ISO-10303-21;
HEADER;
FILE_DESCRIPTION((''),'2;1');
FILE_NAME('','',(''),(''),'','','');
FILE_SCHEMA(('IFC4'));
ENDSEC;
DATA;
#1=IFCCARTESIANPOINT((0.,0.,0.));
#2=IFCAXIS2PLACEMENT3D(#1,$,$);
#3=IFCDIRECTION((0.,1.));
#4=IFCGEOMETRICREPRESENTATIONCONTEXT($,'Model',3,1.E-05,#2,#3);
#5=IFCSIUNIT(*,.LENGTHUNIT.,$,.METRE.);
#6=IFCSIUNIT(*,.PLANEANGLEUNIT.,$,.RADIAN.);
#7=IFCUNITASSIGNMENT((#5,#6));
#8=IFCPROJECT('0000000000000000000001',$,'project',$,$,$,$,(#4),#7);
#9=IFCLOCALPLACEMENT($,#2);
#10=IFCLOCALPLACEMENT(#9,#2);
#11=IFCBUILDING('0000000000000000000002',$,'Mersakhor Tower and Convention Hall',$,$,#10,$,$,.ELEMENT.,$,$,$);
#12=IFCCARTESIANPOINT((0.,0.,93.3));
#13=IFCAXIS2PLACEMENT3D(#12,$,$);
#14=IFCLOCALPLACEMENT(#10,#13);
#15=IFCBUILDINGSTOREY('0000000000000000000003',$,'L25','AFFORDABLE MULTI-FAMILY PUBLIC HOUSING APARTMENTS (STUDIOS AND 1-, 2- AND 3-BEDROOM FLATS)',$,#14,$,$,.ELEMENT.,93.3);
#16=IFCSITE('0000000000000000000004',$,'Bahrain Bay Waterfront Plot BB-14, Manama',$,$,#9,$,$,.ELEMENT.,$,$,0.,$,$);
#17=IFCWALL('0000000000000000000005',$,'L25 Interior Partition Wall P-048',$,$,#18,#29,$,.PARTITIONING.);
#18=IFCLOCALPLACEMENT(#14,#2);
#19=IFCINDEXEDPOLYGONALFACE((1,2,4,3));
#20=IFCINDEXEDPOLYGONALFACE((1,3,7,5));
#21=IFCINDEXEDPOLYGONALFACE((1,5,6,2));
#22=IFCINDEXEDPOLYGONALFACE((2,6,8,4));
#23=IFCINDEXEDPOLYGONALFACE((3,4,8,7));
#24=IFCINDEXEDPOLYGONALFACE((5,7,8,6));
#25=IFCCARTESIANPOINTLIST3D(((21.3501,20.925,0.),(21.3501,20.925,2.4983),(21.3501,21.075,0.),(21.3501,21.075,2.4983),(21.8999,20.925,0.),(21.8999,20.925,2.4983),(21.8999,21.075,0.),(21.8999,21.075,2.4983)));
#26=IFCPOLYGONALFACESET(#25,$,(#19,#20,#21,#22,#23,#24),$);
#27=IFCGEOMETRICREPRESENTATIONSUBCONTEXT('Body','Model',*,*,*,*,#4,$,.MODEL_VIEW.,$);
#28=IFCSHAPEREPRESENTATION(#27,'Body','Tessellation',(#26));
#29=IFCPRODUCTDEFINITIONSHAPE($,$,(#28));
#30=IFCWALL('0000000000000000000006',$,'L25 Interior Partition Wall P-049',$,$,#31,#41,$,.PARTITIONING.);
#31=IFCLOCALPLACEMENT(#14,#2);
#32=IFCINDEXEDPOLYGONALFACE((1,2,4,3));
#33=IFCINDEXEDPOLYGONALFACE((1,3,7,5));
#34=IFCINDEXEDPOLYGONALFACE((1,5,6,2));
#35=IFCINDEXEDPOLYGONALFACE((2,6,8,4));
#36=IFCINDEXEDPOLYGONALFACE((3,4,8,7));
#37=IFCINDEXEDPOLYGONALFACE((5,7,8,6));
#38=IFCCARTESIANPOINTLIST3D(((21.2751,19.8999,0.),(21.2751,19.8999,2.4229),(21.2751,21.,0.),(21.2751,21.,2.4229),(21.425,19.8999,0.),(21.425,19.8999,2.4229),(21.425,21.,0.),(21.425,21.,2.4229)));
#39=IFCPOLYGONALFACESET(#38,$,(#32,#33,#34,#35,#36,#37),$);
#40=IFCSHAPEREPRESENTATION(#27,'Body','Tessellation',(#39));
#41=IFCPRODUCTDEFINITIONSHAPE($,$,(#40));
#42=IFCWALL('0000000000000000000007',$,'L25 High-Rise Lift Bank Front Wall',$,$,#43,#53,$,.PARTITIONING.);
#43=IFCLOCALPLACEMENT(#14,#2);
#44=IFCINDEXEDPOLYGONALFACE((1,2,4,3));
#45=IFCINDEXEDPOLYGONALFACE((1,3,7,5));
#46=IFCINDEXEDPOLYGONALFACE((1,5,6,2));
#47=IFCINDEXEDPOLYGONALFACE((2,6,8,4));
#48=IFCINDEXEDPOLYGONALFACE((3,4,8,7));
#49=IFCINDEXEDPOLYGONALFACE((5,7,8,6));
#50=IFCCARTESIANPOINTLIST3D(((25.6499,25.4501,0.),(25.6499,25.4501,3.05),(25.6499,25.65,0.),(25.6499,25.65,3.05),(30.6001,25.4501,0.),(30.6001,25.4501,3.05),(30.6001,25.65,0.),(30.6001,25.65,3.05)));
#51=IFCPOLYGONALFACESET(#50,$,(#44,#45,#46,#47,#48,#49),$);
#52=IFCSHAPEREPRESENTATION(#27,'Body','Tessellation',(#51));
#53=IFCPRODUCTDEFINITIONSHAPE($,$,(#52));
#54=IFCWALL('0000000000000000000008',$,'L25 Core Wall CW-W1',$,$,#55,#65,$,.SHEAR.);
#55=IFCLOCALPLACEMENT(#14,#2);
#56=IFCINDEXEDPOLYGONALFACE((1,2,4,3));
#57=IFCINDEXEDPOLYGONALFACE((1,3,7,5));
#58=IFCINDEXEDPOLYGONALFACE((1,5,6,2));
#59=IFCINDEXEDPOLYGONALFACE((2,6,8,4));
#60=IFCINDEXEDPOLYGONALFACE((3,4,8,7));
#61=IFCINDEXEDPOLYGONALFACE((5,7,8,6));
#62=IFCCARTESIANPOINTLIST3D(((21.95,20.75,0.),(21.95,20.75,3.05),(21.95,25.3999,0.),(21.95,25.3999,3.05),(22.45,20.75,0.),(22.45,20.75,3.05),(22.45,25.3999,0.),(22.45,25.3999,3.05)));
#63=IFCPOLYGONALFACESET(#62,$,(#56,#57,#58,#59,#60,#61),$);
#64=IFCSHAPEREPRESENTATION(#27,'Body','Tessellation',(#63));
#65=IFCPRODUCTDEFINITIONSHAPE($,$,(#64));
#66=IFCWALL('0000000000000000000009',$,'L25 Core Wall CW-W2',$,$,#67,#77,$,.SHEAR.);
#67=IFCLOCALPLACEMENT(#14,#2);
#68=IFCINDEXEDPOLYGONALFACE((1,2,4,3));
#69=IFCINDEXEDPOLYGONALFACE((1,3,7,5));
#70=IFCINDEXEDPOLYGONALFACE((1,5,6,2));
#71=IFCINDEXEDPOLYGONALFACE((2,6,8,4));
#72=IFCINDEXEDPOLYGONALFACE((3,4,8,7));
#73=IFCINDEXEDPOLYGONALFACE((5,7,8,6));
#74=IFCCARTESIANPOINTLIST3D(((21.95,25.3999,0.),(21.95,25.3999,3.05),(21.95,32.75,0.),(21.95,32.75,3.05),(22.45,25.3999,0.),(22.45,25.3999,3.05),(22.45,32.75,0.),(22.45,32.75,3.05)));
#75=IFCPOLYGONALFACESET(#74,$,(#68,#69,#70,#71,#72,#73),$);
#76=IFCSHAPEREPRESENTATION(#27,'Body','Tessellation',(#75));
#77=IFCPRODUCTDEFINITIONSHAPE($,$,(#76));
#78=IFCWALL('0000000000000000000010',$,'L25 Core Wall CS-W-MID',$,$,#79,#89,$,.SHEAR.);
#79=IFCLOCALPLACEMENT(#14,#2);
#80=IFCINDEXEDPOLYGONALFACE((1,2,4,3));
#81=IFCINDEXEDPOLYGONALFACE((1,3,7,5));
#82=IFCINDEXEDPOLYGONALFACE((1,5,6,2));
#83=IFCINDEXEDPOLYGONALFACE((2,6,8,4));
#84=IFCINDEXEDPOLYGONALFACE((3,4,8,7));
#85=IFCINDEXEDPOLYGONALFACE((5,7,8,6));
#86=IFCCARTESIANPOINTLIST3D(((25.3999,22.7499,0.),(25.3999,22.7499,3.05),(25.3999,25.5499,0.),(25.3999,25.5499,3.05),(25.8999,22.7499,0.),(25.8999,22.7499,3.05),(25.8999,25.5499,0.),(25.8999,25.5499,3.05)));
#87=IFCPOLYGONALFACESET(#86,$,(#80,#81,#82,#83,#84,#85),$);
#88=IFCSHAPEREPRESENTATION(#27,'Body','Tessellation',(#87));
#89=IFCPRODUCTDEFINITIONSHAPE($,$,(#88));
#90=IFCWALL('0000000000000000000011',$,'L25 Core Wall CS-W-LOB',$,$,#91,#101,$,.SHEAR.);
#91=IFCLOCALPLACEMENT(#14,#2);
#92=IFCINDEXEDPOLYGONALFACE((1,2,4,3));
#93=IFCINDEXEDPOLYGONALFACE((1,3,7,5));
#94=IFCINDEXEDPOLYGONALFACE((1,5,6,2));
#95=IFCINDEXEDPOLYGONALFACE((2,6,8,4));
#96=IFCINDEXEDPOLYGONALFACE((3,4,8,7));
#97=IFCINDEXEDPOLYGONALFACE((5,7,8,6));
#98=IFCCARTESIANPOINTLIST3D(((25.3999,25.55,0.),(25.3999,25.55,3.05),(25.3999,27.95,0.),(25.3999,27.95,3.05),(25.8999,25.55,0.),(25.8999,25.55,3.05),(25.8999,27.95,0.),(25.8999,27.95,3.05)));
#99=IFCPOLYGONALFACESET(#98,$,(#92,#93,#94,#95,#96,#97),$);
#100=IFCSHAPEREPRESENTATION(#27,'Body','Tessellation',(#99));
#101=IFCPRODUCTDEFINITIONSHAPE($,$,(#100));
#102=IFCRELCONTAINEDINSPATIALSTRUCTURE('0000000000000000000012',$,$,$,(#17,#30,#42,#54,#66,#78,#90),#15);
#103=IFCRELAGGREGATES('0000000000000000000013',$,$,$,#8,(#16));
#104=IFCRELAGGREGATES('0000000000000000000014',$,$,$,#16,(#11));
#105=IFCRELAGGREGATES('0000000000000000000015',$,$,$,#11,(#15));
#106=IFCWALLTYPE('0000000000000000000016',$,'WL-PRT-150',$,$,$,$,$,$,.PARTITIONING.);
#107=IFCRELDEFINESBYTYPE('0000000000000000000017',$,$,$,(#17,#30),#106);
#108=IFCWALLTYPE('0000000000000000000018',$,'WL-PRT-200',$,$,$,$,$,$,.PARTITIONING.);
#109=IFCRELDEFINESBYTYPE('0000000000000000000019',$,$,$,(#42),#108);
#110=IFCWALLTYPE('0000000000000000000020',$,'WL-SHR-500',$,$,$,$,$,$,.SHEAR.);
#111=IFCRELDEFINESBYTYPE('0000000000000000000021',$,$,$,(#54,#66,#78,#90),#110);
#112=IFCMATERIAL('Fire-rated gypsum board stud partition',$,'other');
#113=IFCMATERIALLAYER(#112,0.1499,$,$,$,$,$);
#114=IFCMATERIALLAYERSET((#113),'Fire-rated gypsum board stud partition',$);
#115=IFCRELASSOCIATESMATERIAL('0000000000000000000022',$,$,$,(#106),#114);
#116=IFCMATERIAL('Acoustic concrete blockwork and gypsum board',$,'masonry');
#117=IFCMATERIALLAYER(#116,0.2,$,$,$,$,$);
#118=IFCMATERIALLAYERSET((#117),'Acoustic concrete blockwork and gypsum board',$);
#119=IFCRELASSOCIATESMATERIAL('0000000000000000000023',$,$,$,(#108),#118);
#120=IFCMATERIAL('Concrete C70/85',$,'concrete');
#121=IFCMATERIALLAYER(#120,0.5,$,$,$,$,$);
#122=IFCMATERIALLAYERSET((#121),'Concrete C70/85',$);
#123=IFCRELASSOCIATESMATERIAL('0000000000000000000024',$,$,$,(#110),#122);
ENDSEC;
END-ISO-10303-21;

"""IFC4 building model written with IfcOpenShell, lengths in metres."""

from ifc_helpers import new_model, si_unit, direction, frame, frame_2d, origin, place, context, subcontext, project, spatial, rectangle, extrude, material, layer, layer_set, type_object, element, save


model = new_model("IFC4")

# Units and contexts
model_context = context("Model", 3, precision=1e-05, world=origin(), true_north=direction((0.0, 1.0)))
body_context = subcontext(model_context, "Body", "Model", "MODEL_VIEW")
ifc_project = project(units=[si_unit("LENGTHUNIT", "METRE"), si_unit("PLANEANGLEUNIT", "RADIAN")], contexts=[model_context])

# Site, building, storey
site_placement = place(None, origin())
site = spatial("IfcSite", under=ifc_project, at=site_placement, Name="Bahrain Bay Waterfront Plot BB-14, Manama", CompositionType="ELEMENT", RefElevation=0.0)
building_placement = place(site_placement, origin())
building = spatial("IfcBuilding", under=site, at=building_placement, Name="Mersakhor Tower and Convention Hall", CompositionType="ELEMENT")
storey_placement = place(building_placement, frame((0.0, 0.0, 93.3)))
storey = spatial("IfcBuildingStorey", under=building, at=storey_placement, Name="L25", Description="AFFORDABLE MULTI-FAMILY PUBLIC HOUSING APARTMENTS (STUDIOS AND 1-, 2- AND 3-BEDROOM FLATS)", CompositionType="ELEMENT", Elevation=93.3)

# Walls
ifc_material_1 = material(Name="Fire-rated gypsum board stud partition", Category="other")
ifc_layer_1 = layer(ifc_material_1, 0.1499)
ifc_layer_set_1 = layer_set([ifc_layer_1], Name="Fire-rated gypsum board stud partition")
wall_type_1 = type_object("IfcWallType", Name="WL-PRT-150", PredefinedType="PARTITIONING", material=ifc_layer_set_1)
wall_1_placement = place(storey_placement, frame((21.8999, 21.0, 0.0), z_axis=(0.0, 0.0, 1.0), x_axis=(-1.0, 0.0, 0.0)))
element("IfcWall", 1, at=wall_1_placement, inside=storey, type_object=wall_type_1, Name="L25 Interior Partition Wall P-048", PredefinedType="PARTITIONING", context=body_context, shape_type="SweptSolid", body=[
    extrude(rectangle(XDim=0.5498, YDim=0.1499, at=frame_2d((0.2749, 0.0))), origin(), (0.0, 0.0, 1.0), 2.4983),
])
wall_2_placement = place(storey_placement, frame((21.3501, 21.0, 0.0), z_axis=(0.0, 0.0, 1.0), x_axis=(0.0, -1.0, 0.0)))
element("IfcWall", 2, at=wall_2_placement, inside=storey, type_object=wall_type_1, Name="L25 Interior Partition Wall P-049", PredefinedType="PARTITIONING", context=body_context, shape_type="SweptSolid", body=[
    extrude(rectangle(XDim=1.1001, YDim=0.1499, at=frame_2d((0.55, 0.0))), origin(), (0.0, 0.0, 1.0), 2.4229),
])
ifc_material_2 = material(Name="Acoustic concrete blockwork and gypsum board", Category="masonry")
ifc_layer_2 = layer(ifc_material_2, 0.2)
ifc_layer_set_2 = layer_set([ifc_layer_2], Name="Acoustic concrete blockwork and gypsum board")
wall_type_2 = type_object("IfcWallType", Name="WL-PRT-200", PredefinedType="PARTITIONING", material=ifc_layer_set_2)
wall_3_placement = place(storey_placement, frame((25.6499, 25.55, 0.0), z_axis=(0.0, 0.0, 1.0), x_axis=(1.0, 0.0, 0.0)))
element("IfcWall", 3, at=wall_3_placement, inside=storey, type_object=wall_type_2, Name="L25 High-Rise Lift Bank Front Wall", PredefinedType="PARTITIONING", context=body_context, shape_type="SweptSolid", body=[
    extrude(rectangle(XDim=4.9502, YDim=0.2, at=frame_2d((2.4751, 0.0))), origin(), (0.0, 0.0, 1.0), 3.05),
])

# Walls
ifc_material_3 = material(Name="Concrete C70/85", Category="concrete")
ifc_layer_3 = layer(ifc_material_3, 0.5)
ifc_layer_set_3 = layer_set([ifc_layer_3], Name="Concrete C70/85")
wall_type_3 = type_object("IfcWallType", Name="WL-SHR-500", PredefinedType="SHEAR", material=ifc_layer_set_3)
wall_4_placement = place(storey_placement, frame((22.2, 20.75, 0.0), z_axis=(0.0, 0.0, 1.0), x_axis=(0.0, 1.0, 0.0)))
element("IfcWall", 4, at=wall_4_placement, inside=storey, type_object=wall_type_3, Name="L25 Core Wall CW-W1", PredefinedType="SHEAR", context=body_context, shape_type="SweptSolid", body=[
    extrude(rectangle(XDim=4.6499, YDim=0.5, at=frame_2d((2.325, 0.0))), origin(), (0.0, 0.0, 1.0), 3.05),
])
wall_5_placement = place(storey_placement, frame((22.2, 25.3999, 0.0), z_axis=(0.0, 0.0, 1.0), x_axis=(0.0, 1.0, 0.0)))
element("IfcWall", 5, at=wall_5_placement, inside=storey, type_object=wall_type_3, Name="L25 Core Wall CW-W2", PredefinedType="SHEAR", context=body_context, shape_type="SweptSolid", body=[
    extrude(rectangle(XDim=7.3501, YDim=0.5, at=frame_2d((3.675, 0.0))), origin(), (0.0, 0.0, 1.0), 3.05),
])

# Walls
wall_6_placement = place(storey_placement, frame((25.6499, 22.75, 0.0), z_axis=(0.0, 0.0, 1.0), x_axis=(0.0, 1.0, 0.0)))
element("IfcWall", 6, at=wall_6_placement, inside=storey, type_object=wall_type_3, Name="L25 Core Wall CS-W-MID", PredefinedType="SHEAR", context=body_context, shape_type="SweptSolid", body=[
    extrude(rectangle(XDim=2.8, YDim=0.5, at=frame_2d((1.3999, 0.0))), origin(), (0.0, 0.0, 1.0), 3.05),
])
wall_7_placement = place(storey_placement, frame((25.6499, 25.55, 0.0), z_axis=(0.0, 0.0, 1.0), x_axis=(0.0, 1.0, 0.0)))
element("IfcWall", 7, at=wall_7_placement, inside=storey, type_object=wall_type_3, Name="L25 Core Wall CS-W-LOB", PredefinedType="SHEAR", context=body_context, shape_type="SweptSolid", body=[
    extrude(rectangle(XDim=2.3999, YDim=0.5, at=frame_2d((1.2, 0.0))), origin(), (0.0, 0.0, 1.0), 3.05),
])

save(model, "model.ifc")
